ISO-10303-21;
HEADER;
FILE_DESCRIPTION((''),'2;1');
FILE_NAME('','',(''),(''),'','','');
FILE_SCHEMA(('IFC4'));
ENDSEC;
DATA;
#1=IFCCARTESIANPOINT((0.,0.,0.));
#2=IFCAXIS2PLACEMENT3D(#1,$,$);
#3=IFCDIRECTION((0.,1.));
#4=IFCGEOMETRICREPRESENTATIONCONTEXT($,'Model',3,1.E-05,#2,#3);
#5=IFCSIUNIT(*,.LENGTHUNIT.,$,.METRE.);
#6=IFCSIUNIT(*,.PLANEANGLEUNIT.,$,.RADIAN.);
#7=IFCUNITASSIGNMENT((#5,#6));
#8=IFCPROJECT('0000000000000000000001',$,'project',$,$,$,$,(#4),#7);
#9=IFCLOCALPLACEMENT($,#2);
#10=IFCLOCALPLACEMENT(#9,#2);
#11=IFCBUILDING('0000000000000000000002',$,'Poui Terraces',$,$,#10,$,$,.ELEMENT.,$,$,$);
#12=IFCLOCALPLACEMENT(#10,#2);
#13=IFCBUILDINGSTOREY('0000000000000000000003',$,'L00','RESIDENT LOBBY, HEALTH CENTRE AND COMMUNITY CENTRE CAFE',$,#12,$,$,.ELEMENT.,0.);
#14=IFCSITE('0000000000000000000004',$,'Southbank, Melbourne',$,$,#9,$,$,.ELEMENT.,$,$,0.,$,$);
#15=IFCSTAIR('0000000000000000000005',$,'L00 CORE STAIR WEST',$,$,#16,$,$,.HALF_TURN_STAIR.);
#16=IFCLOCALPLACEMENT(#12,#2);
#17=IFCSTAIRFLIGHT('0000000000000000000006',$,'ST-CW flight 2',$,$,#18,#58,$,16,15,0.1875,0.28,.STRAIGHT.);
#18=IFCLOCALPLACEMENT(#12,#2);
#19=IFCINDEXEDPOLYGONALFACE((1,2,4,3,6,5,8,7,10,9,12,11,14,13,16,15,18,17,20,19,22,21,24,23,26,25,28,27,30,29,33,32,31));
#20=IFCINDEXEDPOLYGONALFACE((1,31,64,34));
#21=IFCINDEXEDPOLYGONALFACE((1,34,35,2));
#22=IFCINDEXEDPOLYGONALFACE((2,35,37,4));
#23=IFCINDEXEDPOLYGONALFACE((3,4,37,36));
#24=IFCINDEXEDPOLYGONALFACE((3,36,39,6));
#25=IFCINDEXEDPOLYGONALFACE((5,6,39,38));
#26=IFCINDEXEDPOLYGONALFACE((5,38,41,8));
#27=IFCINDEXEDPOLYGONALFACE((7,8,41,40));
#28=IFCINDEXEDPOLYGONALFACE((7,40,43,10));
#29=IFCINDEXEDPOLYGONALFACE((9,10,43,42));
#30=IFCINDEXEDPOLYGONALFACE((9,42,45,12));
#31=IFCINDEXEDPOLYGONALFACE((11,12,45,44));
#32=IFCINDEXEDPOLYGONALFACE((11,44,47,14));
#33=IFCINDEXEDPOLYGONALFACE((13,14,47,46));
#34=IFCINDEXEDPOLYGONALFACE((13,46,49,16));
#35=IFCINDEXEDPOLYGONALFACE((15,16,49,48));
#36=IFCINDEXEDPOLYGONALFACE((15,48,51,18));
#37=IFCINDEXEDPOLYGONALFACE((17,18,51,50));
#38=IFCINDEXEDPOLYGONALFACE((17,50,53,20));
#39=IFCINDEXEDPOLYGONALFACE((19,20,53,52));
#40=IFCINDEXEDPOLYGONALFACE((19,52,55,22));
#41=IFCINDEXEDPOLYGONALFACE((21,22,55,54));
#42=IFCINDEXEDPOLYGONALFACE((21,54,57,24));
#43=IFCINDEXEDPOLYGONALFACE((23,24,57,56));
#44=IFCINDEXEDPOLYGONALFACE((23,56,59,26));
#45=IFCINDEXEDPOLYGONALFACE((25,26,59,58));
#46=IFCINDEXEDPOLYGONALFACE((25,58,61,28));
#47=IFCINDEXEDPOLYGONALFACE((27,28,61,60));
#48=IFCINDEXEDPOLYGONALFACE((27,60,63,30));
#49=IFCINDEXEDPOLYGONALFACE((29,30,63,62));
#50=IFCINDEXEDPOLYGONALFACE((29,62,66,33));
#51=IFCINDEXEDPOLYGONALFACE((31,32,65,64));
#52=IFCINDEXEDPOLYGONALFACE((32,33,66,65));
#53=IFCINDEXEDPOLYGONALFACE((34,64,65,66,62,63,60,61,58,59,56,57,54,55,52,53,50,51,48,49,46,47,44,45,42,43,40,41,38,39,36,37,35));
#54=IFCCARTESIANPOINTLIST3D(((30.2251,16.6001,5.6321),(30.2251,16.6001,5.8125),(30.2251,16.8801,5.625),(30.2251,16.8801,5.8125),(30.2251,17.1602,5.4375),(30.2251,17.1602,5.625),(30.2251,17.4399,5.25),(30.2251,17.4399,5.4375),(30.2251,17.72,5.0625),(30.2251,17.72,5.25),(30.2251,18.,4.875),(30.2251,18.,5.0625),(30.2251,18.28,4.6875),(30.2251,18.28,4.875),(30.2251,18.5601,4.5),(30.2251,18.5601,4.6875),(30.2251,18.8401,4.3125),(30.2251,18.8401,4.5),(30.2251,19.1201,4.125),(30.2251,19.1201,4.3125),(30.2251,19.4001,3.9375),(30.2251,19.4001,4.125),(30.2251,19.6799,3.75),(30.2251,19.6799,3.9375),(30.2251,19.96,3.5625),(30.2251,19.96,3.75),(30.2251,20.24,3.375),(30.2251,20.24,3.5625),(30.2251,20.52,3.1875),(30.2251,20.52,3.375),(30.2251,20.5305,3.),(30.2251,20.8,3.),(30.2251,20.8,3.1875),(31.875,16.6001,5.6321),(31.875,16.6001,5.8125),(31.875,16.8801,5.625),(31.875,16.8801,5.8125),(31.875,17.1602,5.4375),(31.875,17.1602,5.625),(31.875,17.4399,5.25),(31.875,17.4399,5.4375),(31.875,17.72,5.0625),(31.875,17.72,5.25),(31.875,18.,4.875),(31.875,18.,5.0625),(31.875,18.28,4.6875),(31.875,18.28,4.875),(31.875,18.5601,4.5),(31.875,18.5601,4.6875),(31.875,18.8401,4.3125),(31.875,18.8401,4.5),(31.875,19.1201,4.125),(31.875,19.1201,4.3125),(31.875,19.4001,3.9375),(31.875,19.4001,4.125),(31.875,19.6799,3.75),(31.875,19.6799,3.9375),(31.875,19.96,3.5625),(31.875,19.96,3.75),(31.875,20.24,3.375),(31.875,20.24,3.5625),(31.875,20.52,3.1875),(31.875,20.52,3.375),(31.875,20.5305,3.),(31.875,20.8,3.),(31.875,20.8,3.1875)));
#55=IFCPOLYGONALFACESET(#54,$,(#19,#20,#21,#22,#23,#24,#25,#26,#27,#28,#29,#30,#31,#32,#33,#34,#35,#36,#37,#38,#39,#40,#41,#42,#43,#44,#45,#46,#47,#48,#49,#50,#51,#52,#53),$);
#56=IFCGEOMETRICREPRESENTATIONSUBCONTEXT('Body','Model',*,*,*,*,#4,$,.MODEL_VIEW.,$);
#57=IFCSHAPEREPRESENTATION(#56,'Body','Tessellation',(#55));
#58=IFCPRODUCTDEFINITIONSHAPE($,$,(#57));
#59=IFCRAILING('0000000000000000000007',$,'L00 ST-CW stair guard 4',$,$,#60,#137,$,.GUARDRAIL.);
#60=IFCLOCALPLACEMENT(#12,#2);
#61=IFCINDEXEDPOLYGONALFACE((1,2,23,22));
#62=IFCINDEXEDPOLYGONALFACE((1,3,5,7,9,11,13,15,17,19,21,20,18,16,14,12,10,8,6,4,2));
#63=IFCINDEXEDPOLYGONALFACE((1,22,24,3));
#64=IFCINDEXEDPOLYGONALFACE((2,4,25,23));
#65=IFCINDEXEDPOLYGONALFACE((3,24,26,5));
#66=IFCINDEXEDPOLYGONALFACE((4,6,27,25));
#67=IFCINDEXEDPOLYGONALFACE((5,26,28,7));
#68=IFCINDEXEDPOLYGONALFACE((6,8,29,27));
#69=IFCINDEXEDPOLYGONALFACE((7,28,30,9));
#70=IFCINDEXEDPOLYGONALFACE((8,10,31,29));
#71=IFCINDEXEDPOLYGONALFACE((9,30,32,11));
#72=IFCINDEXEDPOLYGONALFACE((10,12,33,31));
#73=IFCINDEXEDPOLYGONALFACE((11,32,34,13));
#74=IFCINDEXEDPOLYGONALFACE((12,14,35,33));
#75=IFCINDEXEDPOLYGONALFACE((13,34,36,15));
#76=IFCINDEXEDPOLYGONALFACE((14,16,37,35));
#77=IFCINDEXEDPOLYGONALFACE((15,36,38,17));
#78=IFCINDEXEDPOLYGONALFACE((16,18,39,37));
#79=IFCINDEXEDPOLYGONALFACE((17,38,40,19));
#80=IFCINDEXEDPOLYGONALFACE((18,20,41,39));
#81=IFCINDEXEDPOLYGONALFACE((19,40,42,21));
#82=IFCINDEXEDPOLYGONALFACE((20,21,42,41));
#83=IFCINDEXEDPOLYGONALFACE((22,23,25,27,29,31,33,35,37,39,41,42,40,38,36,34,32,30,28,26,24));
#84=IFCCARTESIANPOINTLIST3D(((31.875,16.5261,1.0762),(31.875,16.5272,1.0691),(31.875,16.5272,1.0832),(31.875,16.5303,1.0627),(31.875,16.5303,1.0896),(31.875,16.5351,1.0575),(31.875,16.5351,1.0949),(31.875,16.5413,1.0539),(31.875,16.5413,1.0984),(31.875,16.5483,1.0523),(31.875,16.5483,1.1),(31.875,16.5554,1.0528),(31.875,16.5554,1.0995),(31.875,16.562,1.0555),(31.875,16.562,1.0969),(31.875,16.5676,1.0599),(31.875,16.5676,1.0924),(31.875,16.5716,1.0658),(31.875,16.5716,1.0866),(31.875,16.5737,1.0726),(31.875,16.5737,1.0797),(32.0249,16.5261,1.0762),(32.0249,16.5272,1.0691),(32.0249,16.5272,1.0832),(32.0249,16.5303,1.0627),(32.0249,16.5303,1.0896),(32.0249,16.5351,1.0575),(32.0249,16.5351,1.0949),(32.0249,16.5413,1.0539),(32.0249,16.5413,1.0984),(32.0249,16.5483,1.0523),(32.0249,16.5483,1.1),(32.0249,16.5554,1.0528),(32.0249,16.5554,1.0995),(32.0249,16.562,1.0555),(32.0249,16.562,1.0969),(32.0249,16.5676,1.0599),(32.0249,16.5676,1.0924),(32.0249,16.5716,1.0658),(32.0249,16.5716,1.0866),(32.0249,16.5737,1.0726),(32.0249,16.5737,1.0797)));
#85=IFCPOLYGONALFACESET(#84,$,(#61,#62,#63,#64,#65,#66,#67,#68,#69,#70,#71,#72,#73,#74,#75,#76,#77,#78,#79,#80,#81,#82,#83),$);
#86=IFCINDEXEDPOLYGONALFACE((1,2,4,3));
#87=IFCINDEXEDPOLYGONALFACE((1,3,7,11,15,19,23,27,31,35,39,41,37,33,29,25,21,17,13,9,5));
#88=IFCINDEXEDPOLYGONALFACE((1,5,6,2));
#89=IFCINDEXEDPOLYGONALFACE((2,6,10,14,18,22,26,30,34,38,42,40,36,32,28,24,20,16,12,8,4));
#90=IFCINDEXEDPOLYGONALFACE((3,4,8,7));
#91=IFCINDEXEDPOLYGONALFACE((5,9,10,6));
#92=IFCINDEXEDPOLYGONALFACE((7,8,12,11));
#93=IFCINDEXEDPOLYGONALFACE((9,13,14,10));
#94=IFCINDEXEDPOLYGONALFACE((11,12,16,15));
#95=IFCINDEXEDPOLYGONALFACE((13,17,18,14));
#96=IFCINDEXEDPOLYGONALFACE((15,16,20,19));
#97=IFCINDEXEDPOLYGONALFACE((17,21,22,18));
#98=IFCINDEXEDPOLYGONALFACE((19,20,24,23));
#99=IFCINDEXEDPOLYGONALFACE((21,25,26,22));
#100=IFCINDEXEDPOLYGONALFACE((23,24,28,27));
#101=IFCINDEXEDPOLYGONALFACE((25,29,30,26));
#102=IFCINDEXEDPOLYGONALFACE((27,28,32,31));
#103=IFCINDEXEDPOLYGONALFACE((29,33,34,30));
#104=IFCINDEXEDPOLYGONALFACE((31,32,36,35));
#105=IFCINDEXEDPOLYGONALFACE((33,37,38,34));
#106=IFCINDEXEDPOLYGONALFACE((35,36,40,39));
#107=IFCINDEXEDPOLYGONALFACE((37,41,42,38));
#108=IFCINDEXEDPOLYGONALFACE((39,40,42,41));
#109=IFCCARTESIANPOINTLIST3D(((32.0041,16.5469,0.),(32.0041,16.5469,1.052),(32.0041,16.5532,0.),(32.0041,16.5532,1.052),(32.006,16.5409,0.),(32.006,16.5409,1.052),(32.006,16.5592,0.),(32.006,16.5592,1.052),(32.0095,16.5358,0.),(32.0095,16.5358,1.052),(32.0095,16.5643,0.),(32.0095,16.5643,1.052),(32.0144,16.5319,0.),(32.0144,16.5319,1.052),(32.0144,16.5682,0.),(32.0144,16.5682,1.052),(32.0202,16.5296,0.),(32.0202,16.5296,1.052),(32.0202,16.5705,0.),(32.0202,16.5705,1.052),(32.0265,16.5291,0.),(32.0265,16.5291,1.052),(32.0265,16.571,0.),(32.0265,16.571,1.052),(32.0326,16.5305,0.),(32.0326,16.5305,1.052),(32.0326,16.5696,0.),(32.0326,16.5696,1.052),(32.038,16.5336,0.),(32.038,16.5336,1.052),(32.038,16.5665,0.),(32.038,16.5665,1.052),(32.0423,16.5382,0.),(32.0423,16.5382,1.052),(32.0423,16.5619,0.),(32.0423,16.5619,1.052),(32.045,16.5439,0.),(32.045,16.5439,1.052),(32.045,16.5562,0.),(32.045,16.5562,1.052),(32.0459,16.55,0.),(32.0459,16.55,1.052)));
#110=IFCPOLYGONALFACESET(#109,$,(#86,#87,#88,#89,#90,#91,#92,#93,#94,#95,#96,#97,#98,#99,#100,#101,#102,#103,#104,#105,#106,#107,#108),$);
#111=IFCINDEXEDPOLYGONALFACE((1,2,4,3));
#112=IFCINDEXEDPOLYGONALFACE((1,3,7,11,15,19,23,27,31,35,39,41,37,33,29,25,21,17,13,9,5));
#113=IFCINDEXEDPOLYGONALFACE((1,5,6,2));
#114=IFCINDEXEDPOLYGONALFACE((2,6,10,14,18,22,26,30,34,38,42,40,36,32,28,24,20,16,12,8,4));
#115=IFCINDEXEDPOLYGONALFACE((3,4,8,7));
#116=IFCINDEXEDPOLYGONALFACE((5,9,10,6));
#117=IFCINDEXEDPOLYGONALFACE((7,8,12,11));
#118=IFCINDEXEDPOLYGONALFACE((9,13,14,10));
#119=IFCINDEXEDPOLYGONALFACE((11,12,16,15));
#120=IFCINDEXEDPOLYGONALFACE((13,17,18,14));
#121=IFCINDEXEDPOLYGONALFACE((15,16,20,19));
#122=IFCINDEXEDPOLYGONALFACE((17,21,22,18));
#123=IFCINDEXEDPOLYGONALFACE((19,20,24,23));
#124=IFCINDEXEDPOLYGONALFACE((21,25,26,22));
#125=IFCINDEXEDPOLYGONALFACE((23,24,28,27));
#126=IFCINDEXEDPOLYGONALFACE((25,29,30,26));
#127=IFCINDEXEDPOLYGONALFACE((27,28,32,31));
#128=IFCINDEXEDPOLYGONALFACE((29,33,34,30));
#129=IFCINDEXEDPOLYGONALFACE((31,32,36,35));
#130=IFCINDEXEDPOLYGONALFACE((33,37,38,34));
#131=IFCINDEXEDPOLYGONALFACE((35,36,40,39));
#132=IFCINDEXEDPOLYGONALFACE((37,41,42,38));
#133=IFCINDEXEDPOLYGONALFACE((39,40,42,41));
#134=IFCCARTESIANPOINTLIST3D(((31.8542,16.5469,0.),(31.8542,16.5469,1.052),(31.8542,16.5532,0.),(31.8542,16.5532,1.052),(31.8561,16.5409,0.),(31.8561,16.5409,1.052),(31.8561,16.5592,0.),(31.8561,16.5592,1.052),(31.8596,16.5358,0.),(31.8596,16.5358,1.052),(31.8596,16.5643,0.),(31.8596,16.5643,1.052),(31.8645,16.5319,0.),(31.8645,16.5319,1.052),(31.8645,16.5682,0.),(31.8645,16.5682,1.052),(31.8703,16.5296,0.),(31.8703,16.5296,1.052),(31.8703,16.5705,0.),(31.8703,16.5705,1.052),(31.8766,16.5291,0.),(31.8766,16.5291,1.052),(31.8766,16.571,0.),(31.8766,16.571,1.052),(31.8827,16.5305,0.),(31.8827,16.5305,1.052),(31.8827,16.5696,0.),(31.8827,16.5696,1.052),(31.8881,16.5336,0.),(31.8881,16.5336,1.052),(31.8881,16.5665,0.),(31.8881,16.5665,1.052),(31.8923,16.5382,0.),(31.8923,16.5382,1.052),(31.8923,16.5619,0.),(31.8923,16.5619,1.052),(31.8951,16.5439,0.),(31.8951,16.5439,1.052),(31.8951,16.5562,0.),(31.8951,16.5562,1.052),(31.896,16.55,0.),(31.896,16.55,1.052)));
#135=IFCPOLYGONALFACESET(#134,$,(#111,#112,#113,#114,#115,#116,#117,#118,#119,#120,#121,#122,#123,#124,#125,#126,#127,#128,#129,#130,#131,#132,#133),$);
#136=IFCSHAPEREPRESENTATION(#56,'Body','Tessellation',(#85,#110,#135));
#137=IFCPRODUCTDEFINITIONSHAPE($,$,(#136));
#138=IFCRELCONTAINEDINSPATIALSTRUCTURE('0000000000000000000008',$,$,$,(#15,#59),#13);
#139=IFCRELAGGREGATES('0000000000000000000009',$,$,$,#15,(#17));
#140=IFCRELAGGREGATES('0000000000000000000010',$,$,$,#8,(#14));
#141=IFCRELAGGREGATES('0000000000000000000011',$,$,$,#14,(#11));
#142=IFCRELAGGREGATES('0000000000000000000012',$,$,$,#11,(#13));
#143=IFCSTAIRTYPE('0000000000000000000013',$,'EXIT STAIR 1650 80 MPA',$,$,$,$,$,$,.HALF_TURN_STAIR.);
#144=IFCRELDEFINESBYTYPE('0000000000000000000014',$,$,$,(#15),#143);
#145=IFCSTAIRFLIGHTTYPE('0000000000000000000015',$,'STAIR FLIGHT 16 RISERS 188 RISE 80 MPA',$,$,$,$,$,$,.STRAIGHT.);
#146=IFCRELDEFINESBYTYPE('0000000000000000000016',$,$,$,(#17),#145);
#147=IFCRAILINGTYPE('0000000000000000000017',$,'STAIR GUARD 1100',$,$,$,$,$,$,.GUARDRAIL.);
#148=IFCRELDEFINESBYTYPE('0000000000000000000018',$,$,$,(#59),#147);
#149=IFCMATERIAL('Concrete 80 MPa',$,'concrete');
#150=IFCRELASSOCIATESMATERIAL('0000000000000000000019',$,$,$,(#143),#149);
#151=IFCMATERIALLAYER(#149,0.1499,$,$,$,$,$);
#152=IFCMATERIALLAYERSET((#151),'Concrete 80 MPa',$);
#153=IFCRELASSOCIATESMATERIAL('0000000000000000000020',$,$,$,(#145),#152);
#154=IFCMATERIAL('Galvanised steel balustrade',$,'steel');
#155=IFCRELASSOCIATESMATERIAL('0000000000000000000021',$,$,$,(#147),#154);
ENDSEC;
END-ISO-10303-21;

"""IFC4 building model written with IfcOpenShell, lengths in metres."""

from ifc_helpers import new_model, si_unit, direction, frame, origin, origin_2d, place, context, subcontext, project, spatial, polyline, circle, outline, extrude, material, layer, layer_set, type_object, element, aggregate, save


model = new_model("IFC4")

# Units and contexts
model_context = context("Model", 3, precision=1e-05, world=origin(), true_north=direction((0.0, 1.0)))
body_context = subcontext(model_context, "Body", "Model", "MODEL_VIEW")
ifc_project = project(units=[si_unit("LENGTHUNIT", "METRE"), si_unit("PLANEANGLEUNIT", "RADIAN")], contexts=[model_context])

# Site, building, storey
site_placement = place(None, origin())
site = spatial("IfcSite", under=ifc_project, at=site_placement, Name="Southbank, Melbourne", CompositionType="ELEMENT", RefElevation=0.0)
building_placement = place(site_placement, origin())
building = spatial("IfcBuilding", under=site, at=building_placement, Name="Poui Terraces", CompositionType="ELEMENT")
storey_placement = place(building_placement, origin())
storey = spatial("IfcBuildingStorey", under=building, at=storey_placement, Name="L00", Description="RESIDENT LOBBY, HEALTH CENTRE AND COMMUNITY CENTRE CAFE", CompositionType="ELEMENT", Elevation=0.0)

# Shared definitions
ifc_material_1 = material(Name="Concrete 80 MPa", Category="concrete")

# Stair, stair flight
stair_type = type_object("IfcStairType", Name="EXIT STAIR 1650 80 MPA", PredefinedType="HALF_TURN_STAIR", material=ifc_material_1)
stair_placement = place(storey_placement, origin())
stair = element("IfcStair", 1, at=stair_placement, inside=storey, type_object=stair_type, Name="L00 CORE STAIR WEST", PredefinedType="HALF_TURN_STAIR")
ifc_layer_1 = layer(ifc_material_1, 0.1499)
ifc_layer_set_1 = layer_set([ifc_layer_1], Name="Concrete 80 MPa")
stair_flight_type = type_object("IfcStairFlightType", Name="STAIR FLIGHT 16 RISERS 188 RISE 80 MPA", PredefinedType="STRAIGHT", material=ifc_layer_set_1)
stair_flight_1_placement = place(storey_placement, frame((31.05, 20.8, 3.0), z_axis=(0.0, 0.0, 1.0), x_axis=(0.0, -1.0, 0.0)))
stair_flight_1 = element("IfcStairFlight", 2, at=stair_flight_1_placement, type_object=stair_flight_type, Name="ST-CW flight 2", NumberOfRisers=16, NumberOfTreads=15, PredefinedType="STRAIGHT", RiserHeight=0.1875, TreadLength=0.28, context=body_context, shape_type="SweptSolid", body=[
    extrude(outline(polyline([(0.0, 0.0), (0.0, 0.1875), (0.28, 0.1875), (0.28, 0.375), (0.5601, 0.375), (0.5601, 0.5625), (0.8401, 0.5625), (0.8401, 0.75), (1.1201, 0.75), (1.1201, 0.9375), (1.3999, 0.9375), (1.3999, 1.125), (1.6799, 1.125), (1.6799, 1.3125), (1.96, 1.3125), (1.96, 1.5), (2.24, 1.5), (2.24, 1.6875), (2.52, 1.6875), (2.52, 1.875), (2.8, 1.875), (2.8, 2.0625), (3.0801, 2.0625), (3.0801, 2.25), (3.3601, 2.25), (3.3601, 2.4375), (3.6399, 2.4375), (3.6399, 2.625), (3.9199, 2.625), (3.9199, 2.8125), (4.2, 2.8125), (4.2, 3.0), (4.2, 2.6321), (0.2695, 0.0), (0.0, 0.0)])), frame((0.0, 0.825, 0.0), z_axis=(0.0, -1.0, 0.0), x_axis=(1.0, 0.0, 0.0)), (0.0, 0.0, 1.0), 1.6499),
])
aggregate(stair, [stair_flight_1])

# Railing
ifc_material_2 = material(Name="Galvanised steel balustrade", Category="steel")
railing_type_1 = type_object("IfcRailingType", Name="STAIR GUARD 1100", PredefinedType="GUARDRAIL", material=ifc_material_2)
railing_1_placement = place(storey_placement, frame((32.0249, 16.55, 0.0)))
element("IfcRailing", 3, at=railing_1_placement, inside=storey, type_object=railing_type_1, Name="L00 ST-CW stair guard 4", PredefinedType="GUARDRAIL", context=body_context, shape_type="SweptSolid", body=[
    extrude(circle(Radius=0.0239, at=origin_2d()), frame((0.0, 0.0, 1.0762), z_axis=(-1.0, 0.0, 0.0), x_axis=(0.0, -1.0, 0.0)), (0.0, 0.0, 1.0), 0.1499),
    extrude(circle(Radius=0.021, at=origin_2d()), origin(), (0.0, 0.0, 1.0), 1.052),
    extrude(circle(Radius=0.021, at=origin_2d()), frame((-0.1499, 0.0, 0.0)), (0.0, 0.0, 1.0), 1.052),
])

save(model, "model.ifc")
